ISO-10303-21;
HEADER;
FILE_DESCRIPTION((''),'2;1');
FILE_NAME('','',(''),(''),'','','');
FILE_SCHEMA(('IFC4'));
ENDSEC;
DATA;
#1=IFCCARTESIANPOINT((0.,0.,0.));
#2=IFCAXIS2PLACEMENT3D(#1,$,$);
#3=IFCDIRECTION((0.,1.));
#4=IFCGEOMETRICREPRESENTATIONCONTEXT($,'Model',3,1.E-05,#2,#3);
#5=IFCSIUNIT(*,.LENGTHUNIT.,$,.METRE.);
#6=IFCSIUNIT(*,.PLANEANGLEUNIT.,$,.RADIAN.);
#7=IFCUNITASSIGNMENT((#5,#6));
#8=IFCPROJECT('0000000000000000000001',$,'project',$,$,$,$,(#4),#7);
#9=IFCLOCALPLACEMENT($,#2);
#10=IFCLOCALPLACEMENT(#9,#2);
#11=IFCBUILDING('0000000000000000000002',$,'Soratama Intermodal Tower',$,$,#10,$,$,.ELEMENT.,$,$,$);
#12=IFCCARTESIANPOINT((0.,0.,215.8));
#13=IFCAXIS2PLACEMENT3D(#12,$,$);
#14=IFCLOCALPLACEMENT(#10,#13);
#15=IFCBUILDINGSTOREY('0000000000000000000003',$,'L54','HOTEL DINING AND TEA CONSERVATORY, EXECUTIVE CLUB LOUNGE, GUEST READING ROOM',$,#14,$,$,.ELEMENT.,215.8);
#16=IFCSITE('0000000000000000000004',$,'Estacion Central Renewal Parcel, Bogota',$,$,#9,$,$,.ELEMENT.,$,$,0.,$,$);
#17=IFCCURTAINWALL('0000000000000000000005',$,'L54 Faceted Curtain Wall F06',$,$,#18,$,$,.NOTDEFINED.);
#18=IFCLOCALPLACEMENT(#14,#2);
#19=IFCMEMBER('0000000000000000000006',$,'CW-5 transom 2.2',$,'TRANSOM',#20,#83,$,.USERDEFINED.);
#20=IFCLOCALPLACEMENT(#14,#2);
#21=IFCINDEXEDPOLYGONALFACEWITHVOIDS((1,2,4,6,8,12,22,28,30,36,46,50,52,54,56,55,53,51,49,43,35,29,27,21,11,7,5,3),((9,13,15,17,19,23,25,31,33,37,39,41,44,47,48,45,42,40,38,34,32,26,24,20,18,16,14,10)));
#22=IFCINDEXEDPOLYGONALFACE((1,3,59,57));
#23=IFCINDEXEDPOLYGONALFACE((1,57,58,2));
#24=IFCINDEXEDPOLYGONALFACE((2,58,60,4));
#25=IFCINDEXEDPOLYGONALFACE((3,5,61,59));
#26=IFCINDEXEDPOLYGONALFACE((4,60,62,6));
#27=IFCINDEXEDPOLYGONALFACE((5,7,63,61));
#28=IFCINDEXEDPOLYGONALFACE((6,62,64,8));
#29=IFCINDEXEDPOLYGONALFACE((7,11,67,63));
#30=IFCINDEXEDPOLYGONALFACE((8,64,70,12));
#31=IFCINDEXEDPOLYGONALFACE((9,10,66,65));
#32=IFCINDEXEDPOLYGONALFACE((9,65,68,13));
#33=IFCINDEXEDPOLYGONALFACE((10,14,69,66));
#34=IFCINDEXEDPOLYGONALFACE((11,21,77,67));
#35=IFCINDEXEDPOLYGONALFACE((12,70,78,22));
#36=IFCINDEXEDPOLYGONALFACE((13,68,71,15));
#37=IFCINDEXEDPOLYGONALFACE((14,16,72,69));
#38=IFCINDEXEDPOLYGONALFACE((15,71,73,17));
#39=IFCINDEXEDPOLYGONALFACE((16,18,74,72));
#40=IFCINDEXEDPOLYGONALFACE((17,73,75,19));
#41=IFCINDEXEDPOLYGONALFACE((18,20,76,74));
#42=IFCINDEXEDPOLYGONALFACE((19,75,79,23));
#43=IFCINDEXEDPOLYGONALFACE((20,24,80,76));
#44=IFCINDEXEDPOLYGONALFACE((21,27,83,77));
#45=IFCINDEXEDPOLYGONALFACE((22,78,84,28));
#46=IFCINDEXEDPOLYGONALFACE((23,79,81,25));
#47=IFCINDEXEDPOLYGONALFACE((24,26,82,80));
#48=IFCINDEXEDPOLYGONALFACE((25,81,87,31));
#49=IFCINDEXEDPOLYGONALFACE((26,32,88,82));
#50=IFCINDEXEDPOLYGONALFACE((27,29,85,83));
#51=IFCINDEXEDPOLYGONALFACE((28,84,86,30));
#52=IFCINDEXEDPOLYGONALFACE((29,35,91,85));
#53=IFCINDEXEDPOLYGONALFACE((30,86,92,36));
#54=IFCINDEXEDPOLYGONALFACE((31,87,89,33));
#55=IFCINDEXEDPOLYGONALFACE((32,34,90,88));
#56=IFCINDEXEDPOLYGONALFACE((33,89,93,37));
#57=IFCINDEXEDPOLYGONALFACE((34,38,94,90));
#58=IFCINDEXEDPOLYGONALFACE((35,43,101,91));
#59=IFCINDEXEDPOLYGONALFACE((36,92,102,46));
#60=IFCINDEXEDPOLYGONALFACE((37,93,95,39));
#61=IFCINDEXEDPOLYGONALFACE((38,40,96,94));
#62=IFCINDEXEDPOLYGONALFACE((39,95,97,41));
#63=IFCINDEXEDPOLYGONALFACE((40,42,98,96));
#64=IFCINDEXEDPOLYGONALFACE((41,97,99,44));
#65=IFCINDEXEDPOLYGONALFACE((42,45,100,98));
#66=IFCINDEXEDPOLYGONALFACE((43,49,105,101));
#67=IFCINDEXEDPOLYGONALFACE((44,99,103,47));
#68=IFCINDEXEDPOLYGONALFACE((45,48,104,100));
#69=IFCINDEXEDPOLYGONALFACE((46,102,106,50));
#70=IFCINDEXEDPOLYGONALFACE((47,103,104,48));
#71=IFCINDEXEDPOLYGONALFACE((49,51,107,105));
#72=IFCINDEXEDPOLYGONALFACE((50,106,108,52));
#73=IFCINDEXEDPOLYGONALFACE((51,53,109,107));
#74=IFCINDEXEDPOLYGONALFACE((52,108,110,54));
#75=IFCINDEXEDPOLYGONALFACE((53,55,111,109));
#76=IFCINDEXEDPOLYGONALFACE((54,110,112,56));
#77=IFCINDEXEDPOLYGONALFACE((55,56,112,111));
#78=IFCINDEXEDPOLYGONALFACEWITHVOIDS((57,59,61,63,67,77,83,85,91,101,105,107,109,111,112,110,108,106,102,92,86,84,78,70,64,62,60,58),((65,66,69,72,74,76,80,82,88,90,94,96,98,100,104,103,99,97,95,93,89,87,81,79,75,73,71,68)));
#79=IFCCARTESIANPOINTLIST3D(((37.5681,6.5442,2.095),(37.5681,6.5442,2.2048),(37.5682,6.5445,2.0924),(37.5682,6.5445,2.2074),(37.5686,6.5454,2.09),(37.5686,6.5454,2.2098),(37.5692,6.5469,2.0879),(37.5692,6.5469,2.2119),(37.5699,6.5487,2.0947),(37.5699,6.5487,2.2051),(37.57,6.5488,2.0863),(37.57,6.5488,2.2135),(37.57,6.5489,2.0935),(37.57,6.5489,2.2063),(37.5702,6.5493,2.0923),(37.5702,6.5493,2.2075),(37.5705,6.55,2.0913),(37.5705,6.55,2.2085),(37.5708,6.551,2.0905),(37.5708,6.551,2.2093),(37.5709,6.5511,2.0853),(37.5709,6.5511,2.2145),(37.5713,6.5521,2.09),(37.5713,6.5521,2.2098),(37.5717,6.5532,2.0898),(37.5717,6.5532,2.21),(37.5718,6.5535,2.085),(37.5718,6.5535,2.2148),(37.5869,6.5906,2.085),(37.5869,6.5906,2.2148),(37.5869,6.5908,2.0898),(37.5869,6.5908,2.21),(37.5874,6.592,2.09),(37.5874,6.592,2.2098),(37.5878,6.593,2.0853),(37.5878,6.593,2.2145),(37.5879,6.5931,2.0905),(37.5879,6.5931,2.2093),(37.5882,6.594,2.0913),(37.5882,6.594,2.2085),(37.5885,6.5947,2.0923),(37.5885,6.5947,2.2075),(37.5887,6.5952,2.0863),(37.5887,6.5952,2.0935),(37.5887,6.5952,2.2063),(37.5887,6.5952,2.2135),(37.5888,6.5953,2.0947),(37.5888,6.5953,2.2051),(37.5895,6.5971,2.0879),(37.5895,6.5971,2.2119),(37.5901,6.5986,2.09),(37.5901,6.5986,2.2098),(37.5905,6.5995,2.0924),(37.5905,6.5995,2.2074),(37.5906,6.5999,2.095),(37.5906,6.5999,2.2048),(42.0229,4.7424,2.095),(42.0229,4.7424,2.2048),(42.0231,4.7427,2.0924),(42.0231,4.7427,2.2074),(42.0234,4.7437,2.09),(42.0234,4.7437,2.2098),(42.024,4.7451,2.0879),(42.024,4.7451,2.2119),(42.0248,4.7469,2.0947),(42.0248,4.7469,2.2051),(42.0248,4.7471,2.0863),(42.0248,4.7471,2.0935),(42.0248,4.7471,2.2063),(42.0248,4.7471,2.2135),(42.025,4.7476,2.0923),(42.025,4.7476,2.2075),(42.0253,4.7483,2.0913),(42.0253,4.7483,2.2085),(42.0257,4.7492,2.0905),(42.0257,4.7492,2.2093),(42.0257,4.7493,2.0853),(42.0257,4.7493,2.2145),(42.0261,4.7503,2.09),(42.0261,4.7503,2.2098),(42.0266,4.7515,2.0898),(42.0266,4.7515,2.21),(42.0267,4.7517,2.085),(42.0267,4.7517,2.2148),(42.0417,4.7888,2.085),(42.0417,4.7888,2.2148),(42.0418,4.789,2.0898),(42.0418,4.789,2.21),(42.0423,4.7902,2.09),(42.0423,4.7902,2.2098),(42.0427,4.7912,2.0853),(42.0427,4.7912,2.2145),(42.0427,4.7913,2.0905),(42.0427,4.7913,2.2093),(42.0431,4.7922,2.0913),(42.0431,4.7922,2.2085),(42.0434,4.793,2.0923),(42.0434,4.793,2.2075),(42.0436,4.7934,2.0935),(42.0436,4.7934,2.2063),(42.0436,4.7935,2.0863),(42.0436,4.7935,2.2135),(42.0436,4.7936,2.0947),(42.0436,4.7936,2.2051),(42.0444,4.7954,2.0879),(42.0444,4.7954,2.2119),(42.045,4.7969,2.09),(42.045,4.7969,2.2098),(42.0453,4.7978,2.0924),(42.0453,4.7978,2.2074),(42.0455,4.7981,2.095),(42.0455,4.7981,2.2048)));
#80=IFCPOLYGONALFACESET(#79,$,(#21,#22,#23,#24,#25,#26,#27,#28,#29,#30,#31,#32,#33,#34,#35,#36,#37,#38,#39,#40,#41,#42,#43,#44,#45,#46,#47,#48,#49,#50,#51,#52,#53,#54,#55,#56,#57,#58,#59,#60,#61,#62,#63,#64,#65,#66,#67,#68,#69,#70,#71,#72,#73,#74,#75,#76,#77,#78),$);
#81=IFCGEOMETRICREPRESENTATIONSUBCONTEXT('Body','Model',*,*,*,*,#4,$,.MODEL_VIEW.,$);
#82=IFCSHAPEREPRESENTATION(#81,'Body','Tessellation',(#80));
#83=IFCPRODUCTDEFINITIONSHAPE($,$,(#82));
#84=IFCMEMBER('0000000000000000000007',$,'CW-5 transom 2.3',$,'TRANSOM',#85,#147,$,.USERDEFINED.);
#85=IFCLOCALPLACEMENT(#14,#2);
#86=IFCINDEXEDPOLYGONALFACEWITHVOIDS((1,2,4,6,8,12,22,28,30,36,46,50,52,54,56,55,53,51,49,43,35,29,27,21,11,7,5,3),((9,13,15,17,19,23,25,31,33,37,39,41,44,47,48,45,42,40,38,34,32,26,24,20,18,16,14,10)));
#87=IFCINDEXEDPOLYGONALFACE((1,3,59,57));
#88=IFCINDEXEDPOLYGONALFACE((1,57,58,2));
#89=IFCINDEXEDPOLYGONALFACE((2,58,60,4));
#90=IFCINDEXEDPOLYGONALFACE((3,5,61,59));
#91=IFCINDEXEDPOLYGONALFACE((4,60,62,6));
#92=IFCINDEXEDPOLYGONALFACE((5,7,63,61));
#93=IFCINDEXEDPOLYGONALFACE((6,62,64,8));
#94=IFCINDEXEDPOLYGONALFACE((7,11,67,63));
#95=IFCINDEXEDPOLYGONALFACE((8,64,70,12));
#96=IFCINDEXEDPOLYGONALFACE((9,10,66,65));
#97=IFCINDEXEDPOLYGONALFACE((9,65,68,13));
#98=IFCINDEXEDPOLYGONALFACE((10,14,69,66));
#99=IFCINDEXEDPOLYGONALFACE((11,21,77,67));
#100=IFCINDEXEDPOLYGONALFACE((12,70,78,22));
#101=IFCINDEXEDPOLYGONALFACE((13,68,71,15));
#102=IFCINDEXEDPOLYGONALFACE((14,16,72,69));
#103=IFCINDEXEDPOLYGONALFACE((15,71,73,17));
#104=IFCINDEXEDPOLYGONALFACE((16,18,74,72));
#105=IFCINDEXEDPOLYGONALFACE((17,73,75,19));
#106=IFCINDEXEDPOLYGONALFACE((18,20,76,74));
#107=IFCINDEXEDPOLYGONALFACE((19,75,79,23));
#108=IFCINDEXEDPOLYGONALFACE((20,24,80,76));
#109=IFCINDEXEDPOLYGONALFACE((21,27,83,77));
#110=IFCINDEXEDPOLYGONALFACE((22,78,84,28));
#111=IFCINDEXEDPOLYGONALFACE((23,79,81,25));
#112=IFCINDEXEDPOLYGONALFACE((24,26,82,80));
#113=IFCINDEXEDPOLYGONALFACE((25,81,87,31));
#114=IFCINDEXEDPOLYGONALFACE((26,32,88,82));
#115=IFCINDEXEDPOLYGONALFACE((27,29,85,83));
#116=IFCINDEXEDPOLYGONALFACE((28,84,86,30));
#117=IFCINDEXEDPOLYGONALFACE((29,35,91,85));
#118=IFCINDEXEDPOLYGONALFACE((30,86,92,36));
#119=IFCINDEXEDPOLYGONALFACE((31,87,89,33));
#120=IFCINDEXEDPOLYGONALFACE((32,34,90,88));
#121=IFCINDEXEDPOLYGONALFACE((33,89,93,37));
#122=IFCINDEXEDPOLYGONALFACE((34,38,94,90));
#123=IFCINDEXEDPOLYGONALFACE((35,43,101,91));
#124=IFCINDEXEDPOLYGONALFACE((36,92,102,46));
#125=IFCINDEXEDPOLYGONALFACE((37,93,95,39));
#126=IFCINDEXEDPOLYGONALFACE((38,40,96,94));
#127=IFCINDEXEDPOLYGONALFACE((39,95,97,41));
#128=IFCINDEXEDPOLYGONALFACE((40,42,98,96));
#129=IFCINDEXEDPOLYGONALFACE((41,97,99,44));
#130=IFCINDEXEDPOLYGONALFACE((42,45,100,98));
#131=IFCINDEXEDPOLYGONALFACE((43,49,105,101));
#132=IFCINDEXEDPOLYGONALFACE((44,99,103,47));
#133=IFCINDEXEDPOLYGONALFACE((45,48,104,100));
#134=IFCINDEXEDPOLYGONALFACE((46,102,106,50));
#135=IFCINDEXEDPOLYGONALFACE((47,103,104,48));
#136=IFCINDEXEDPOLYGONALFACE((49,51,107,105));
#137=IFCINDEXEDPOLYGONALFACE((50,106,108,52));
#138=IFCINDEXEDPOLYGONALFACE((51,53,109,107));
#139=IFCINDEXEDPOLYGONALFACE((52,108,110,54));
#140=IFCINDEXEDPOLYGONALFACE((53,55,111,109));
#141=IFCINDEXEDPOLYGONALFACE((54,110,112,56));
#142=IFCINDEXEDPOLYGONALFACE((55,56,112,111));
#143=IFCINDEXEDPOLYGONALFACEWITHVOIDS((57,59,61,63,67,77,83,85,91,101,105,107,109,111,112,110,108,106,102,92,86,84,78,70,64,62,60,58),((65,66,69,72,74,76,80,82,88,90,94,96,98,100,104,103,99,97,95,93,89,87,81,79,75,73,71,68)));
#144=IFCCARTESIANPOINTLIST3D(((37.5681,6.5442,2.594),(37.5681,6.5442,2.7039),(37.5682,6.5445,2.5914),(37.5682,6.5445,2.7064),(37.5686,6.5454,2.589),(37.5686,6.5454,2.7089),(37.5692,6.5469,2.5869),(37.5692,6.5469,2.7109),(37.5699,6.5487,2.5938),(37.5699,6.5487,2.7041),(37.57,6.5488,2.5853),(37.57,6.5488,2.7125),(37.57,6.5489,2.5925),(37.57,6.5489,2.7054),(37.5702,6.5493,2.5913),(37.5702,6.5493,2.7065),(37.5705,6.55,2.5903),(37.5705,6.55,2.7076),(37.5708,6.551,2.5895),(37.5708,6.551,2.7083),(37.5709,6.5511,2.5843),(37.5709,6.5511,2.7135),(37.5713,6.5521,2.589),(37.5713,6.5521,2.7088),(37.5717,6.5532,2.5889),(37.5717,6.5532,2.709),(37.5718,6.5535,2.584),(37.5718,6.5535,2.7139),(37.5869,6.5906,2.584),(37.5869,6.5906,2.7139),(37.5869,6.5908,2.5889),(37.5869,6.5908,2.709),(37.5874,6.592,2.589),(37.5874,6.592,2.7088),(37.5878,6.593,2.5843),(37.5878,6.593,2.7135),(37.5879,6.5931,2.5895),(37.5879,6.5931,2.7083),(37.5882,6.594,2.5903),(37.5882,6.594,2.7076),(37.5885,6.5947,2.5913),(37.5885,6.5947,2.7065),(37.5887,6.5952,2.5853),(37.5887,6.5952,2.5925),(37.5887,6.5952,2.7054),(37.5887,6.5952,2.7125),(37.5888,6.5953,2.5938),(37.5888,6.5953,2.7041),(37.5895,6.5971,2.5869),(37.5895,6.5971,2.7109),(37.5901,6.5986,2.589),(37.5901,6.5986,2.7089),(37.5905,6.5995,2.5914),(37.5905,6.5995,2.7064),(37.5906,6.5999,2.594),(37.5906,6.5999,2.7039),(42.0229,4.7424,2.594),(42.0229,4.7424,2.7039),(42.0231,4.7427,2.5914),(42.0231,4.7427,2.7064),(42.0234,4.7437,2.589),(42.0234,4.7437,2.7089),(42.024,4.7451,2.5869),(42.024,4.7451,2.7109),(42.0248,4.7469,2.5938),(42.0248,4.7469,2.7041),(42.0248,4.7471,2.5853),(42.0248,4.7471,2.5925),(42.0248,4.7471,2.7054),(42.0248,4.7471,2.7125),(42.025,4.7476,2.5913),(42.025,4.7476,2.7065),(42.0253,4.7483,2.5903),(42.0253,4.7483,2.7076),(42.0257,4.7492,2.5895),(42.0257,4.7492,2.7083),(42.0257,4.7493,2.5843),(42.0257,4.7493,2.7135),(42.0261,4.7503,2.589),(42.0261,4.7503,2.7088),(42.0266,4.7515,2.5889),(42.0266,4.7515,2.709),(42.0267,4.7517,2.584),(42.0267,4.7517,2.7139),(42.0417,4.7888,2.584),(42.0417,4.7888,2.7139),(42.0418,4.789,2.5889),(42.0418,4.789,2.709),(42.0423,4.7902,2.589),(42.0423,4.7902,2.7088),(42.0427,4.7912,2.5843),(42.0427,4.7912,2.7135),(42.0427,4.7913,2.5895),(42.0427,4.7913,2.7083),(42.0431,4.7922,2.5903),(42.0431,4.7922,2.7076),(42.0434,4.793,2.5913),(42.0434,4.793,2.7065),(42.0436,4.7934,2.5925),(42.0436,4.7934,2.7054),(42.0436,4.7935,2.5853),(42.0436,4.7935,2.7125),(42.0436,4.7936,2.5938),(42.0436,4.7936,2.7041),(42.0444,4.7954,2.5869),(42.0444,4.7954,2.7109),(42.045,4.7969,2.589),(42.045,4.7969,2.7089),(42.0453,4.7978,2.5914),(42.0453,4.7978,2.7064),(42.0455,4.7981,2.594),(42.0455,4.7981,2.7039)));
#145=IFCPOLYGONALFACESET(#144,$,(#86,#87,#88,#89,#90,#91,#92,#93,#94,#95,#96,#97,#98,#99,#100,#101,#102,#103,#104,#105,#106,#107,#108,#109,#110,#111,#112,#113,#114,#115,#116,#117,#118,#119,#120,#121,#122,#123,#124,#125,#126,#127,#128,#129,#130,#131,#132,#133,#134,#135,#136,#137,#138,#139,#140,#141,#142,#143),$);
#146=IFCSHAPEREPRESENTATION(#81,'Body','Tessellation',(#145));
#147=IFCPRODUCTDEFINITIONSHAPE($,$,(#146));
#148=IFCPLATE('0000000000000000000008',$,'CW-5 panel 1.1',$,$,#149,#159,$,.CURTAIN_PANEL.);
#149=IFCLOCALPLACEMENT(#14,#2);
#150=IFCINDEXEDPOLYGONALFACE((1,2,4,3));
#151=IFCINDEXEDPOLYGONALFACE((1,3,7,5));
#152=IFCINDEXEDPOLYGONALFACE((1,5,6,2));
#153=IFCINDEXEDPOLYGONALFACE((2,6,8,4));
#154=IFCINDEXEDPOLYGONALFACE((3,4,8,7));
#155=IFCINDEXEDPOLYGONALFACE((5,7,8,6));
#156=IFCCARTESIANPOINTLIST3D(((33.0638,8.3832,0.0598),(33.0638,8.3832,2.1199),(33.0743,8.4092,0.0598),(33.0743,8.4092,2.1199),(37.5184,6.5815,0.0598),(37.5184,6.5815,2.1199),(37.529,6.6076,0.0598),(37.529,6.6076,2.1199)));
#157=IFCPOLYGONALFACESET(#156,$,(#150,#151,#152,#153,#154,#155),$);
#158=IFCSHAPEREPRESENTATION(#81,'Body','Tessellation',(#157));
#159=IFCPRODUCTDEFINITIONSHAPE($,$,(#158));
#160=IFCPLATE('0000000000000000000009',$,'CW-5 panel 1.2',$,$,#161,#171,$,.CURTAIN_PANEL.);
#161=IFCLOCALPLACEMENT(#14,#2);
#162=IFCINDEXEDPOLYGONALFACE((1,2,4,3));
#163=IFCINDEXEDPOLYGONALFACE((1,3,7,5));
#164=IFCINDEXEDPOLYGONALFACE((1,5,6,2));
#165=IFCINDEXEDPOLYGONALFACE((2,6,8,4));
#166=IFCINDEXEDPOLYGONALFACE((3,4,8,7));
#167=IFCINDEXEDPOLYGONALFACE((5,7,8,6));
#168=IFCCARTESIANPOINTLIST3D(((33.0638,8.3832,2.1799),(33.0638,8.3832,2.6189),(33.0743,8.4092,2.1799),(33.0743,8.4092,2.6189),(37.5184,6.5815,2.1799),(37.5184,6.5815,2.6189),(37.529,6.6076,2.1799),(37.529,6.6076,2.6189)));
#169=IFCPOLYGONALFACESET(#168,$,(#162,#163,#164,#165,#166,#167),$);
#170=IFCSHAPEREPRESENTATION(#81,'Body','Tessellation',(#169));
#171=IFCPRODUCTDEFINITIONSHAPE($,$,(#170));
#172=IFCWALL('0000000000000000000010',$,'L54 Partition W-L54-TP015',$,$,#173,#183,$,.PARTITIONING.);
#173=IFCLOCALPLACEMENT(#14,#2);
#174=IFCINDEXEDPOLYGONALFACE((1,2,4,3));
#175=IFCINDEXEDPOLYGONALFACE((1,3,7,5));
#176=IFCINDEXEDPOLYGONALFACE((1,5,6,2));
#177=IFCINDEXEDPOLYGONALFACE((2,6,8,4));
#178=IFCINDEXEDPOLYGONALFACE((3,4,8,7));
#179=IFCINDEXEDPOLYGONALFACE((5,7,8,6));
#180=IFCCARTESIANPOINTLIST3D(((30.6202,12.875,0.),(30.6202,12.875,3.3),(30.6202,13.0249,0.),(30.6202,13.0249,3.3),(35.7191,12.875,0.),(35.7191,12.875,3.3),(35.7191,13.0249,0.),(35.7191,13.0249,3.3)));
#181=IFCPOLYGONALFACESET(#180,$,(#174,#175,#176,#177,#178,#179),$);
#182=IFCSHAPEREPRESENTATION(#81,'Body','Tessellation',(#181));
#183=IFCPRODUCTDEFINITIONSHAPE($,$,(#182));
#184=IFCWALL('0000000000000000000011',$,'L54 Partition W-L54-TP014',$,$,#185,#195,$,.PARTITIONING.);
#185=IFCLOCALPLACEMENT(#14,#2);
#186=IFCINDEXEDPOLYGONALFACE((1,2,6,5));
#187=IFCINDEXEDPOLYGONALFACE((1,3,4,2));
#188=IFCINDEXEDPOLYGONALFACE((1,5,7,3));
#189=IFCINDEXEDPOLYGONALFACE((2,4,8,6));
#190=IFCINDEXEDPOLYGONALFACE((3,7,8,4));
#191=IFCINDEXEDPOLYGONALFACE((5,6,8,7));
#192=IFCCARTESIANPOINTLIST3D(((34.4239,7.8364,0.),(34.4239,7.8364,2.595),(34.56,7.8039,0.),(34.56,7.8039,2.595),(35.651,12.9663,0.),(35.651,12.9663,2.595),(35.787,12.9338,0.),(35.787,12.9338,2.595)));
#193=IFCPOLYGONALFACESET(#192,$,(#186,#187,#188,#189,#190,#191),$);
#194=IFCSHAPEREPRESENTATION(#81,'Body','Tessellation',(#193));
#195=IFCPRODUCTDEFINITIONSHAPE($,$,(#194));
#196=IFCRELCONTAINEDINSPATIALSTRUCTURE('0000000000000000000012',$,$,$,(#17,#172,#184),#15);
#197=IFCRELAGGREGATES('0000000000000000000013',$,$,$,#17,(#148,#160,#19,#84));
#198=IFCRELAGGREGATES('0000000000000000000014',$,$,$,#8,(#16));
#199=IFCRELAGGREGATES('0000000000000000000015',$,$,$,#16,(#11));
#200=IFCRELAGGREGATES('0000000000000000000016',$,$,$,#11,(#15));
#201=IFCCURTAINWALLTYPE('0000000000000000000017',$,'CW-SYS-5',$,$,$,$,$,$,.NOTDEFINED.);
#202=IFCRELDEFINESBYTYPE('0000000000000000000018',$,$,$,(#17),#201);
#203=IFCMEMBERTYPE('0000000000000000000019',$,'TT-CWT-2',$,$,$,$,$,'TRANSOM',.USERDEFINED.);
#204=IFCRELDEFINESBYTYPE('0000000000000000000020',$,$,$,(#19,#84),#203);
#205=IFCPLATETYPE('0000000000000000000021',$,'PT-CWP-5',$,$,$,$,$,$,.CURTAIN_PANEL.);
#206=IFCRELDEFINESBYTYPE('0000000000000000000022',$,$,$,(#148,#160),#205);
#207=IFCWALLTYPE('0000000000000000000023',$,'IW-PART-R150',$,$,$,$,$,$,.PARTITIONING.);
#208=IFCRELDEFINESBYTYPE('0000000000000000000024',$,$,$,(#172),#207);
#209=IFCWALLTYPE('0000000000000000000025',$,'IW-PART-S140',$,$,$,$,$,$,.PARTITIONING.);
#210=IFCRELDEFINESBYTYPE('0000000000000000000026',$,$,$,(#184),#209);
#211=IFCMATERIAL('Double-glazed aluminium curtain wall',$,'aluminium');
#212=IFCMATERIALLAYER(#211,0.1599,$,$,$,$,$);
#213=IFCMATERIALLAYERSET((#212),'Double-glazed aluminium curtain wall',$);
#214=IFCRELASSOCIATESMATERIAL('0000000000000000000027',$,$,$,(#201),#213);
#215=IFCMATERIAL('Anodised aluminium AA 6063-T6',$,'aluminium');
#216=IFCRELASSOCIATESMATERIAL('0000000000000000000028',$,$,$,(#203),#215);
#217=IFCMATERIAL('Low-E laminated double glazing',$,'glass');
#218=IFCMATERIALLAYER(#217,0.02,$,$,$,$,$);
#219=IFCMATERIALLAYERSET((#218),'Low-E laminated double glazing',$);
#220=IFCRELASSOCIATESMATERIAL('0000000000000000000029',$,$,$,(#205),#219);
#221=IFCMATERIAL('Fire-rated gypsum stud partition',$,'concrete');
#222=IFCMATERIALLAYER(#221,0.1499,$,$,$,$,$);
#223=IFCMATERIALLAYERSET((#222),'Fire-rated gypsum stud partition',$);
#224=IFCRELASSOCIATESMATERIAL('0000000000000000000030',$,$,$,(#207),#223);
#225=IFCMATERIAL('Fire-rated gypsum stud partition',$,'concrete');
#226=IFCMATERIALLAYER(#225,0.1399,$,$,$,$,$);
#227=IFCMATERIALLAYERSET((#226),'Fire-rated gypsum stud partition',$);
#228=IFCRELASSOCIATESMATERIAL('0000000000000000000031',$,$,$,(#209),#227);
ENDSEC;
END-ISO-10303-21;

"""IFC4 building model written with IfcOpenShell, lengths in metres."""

from ifc_helpers import new_model, si_unit, direction, frame, frame_2d, origin, origin_2d, place, context, subcontext, project, spatial, rectangle, hollow_rectangle, extrude, material, layer, layer_set, material_profile, profile_set, type_object, element, aggregate, save


model = new_model("IFC4")

# Units and contexts
model_context = context("Model", 3, precision=1e-05, world=origin(), true_north=direction((0.0, 1.0)))
body_context = subcontext(model_context, "Body", "Model", "MODEL_VIEW")
ifc_project = project(units=[si_unit("LENGTHUNIT", "METRE"), si_unit("PLANEANGLEUNIT", "RADIAN")], contexts=[model_context])

# Site, building, storey
site_placement = place(None, origin())
site = spatial("IfcSite", under=ifc_project, at=site_placement, Name="Estacion Central Renewal Parcel, Bogota", CompositionType="ELEMENT", RefElevation=0.0)
building_placement = place(site_placement, origin())
building = spatial("IfcBuilding", under=site, at=building_placement, Name="Soratama Intermodal Tower", CompositionType="ELEMENT")
storey_placement = place(building_placement, frame((0.0, 0.0, 215.8)))
storey = spatial("IfcBuildingStorey", under=building, at=storey_placement, Name="L54", Description="HOTEL DINING AND TEA CONSERVATORY, EXECUTIVE CLUB LOUNGE, GUEST READING ROOM", CompositionType="ELEMENT", Elevation=215.8)

# Curtain wall, members, plates
ifc_material_1 = material(Name="Double-glazed aluminium curtain wall", Category="aluminium")
ifc_layer_1 = layer(ifc_material_1, 0.1599)
ifc_layer_set_1 = layer_set([ifc_layer_1], Name="Double-glazed aluminium curtain wall")
curtain_wall_type = type_object("IfcCurtainWallType", Name="CW-SYS-5", PredefinedType="NOTDEFINED", material=ifc_layer_set_1)
curtain_wall_placement = place(storey_placement, origin())
curtain_wall = element("IfcCurtainWall", 1, at=curtain_wall_placement, inside=storey, type_object=curtain_wall_type, Name="L54 Faceted Curtain Wall F06", PredefinedType="NOTDEFINED")
ifc_material_2 = material(Name="Anodised aluminium AA 6063-T6", Category="aluminium")
ifc_material_profile_1 = material_profile(ifc_material_2, hollow_rectangle(XDim=0.0601, YDim=0.1299, WallThickness=0.0049, InnerFilletRadius=0.0049, OuterFilletRadius=0.01, at=origin_2d()), Name="CWT130X60X5")
ifc_profile_set_1 = profile_set([ifc_material_profile_1], Name="Anodised aluminium AA 6063-T6")
member_type_1 = type_object("IfcMemberType", Name="TT-CWT-2", ElementType="TRANSOM", PredefinedType="USERDEFINED", material=ifc_profile_set_1)
member_1_placement = place(storey_placement, frame((37.5793, 6.572, 2.1499), z_axis=(0.927047, -0.374944, 0.0), x_axis=(0.374944, 0.927047, 0.0)))
member_1 = element("IfcMember", 2, at=member_1_placement, type_object=member_type_1, Name="CW-5 transom 2.2", ObjectType="TRANSOM", PredefinedType="USERDEFINED", context=body_context, shape_type="SweptSolid", body=[
    extrude(hollow_rectangle(XDim=0.0601, YDim=0.1299, WallThickness=0.0049, InnerFilletRadius=0.0049, OuterFilletRadius=0.01, at=origin_2d()), origin(), (0.0, 0.0, 1.0), 4.8054),
])
member_2_placement = place(storey_placement, frame((37.5793, 6.572, 2.6489), z_axis=(0.927047, -0.374944, 0.0), x_axis=(0.374944, 0.927047, 0.0)))
member_2 = element("IfcMember", 3, at=member_2_placement, type_object=member_type_1, Name="CW-5 transom 2.3", ObjectType="TRANSOM", PredefinedType="USERDEFINED", context=body_context, shape_type="SweptSolid", body=[
    extrude(hollow_rectangle(XDim=0.0601, YDim=0.1299, WallThickness=0.0049, InnerFilletRadius=0.0049, OuterFilletRadius=0.01, at=origin_2d()), origin(), (0.0, 0.0, 1.0), 4.8054),
])
ifc_material_3 = material(Name="Low-E laminated double glazing", Category="glass")
ifc_layer_2 = layer(ifc_material_3, 0.02)
ifc_layer_set_2 = layer_set([ifc_layer_2], Name="Low-E laminated double glazing")
plate_type = type_object("IfcPlateType", Name="PT-CWP-5", PredefinedType="CURTAIN_PANEL", material=ifc_layer_set_2)
plate_1_placement = place(storey_placement, frame((35.2964, 7.4954, 0.0598), z_axis=(0.0, 0.0, 1.0), x_axis=(0.927051, -0.374935, 0.0)))
plate_1 = element("IfcPlate", 4, at=plate_1_placement, type_object=plate_type, Name="CW-5 panel 1.1", PredefinedType="CURTAIN_PANEL", context=body_context, shape_type="SweptSolid", body=[
    extrude(rectangle(XDim=4.8052, YDim=0.0281, at=origin_2d()), origin(), (0.0, 0.0, 1.0), 2.0601),
])
plate_2_placement = place(storey_placement, frame((35.2964, 7.4954, 2.1799), z_axis=(0.0, 0.0, 1.0), x_axis=(0.927051, -0.374935, 0.0)))
plate_2 = element("IfcPlate", 5, at=plate_2_placement, type_object=plate_type, Name="CW-5 panel 1.2", PredefinedType="CURTAIN_PANEL", context=body_context, shape_type="SweptSolid", body=[
    extrude(rectangle(XDim=4.8052, YDim=0.0281, at=origin_2d()), origin(), (0.0, 0.0, 1.0), 0.439),
])
aggregate(curtain_wall, [plate_1, plate_2, member_1, member_2])

# Walls
ifc_material_4 = material(Name="Fire-rated gypsum stud partition", Category="concrete")
ifc_layer_3 = layer(ifc_material_4, 0.1499)
ifc_layer_set_3 = layer_set([ifc_layer_3], Name="Fire-rated gypsum stud partition")
wall_type_1 = type_object("IfcWallType", Name="IW-PART-R150", PredefinedType="PARTITIONING", material=ifc_layer_set_3)
wall_1_placement = place(storey_placement, frame((35.719, 12.95, 0.0), z_axis=(0.0, 0.0, 1.0), x_axis=(-1.0, 0.0, 0.0)))
element("IfcWall", 6, at=wall_1_placement, inside=storey, type_object=wall_type_1, Name="L54 Partition W-L54-TP015", PredefinedType="PARTITIONING", context=body_context, shape_type="SweptSolid", body=[
    extrude(rectangle(XDim=5.0989, YDim=0.1499, at=frame_2d((2.5493, 0.0))), origin(), (0.0, 0.0, 1.0), 3.3),
])
ifc_material_5 = material(Name="Fire-rated gypsum stud partition", Category="concrete")
ifc_layer_4 = layer(ifc_material_5, 0.1399)
ifc_layer_set_4 = layer_set([ifc_layer_4], Name="Fire-rated gypsum stud partition")
wall_type_2 = type_object("IfcWallType", Name="IW-PART-S140", PredefinedType="PARTITIONING", material=ifc_layer_set_4)
wall_2_placement = place(storey_placement, frame((35.719, 12.95, 0.0), z_axis=(0.0, 0.0, 1.0), x_axis=(-0.232634, -0.972564, 0.0)))
element("IfcWall", 7, at=wall_2_placement, inside=storey, type_object=wall_type_2, Name="L54 Partition W-L54-TP014", PredefinedType="PARTITIONING", context=body_context, shape_type="SweptSolid", body=[
    extrude(rectangle(XDim=5.2747, YDim=0.1399, at=frame_2d((2.6372, 0.0))), origin(), (0.0, 0.0, 1.0), 2.595),
])

save(model, "model.ifc")
